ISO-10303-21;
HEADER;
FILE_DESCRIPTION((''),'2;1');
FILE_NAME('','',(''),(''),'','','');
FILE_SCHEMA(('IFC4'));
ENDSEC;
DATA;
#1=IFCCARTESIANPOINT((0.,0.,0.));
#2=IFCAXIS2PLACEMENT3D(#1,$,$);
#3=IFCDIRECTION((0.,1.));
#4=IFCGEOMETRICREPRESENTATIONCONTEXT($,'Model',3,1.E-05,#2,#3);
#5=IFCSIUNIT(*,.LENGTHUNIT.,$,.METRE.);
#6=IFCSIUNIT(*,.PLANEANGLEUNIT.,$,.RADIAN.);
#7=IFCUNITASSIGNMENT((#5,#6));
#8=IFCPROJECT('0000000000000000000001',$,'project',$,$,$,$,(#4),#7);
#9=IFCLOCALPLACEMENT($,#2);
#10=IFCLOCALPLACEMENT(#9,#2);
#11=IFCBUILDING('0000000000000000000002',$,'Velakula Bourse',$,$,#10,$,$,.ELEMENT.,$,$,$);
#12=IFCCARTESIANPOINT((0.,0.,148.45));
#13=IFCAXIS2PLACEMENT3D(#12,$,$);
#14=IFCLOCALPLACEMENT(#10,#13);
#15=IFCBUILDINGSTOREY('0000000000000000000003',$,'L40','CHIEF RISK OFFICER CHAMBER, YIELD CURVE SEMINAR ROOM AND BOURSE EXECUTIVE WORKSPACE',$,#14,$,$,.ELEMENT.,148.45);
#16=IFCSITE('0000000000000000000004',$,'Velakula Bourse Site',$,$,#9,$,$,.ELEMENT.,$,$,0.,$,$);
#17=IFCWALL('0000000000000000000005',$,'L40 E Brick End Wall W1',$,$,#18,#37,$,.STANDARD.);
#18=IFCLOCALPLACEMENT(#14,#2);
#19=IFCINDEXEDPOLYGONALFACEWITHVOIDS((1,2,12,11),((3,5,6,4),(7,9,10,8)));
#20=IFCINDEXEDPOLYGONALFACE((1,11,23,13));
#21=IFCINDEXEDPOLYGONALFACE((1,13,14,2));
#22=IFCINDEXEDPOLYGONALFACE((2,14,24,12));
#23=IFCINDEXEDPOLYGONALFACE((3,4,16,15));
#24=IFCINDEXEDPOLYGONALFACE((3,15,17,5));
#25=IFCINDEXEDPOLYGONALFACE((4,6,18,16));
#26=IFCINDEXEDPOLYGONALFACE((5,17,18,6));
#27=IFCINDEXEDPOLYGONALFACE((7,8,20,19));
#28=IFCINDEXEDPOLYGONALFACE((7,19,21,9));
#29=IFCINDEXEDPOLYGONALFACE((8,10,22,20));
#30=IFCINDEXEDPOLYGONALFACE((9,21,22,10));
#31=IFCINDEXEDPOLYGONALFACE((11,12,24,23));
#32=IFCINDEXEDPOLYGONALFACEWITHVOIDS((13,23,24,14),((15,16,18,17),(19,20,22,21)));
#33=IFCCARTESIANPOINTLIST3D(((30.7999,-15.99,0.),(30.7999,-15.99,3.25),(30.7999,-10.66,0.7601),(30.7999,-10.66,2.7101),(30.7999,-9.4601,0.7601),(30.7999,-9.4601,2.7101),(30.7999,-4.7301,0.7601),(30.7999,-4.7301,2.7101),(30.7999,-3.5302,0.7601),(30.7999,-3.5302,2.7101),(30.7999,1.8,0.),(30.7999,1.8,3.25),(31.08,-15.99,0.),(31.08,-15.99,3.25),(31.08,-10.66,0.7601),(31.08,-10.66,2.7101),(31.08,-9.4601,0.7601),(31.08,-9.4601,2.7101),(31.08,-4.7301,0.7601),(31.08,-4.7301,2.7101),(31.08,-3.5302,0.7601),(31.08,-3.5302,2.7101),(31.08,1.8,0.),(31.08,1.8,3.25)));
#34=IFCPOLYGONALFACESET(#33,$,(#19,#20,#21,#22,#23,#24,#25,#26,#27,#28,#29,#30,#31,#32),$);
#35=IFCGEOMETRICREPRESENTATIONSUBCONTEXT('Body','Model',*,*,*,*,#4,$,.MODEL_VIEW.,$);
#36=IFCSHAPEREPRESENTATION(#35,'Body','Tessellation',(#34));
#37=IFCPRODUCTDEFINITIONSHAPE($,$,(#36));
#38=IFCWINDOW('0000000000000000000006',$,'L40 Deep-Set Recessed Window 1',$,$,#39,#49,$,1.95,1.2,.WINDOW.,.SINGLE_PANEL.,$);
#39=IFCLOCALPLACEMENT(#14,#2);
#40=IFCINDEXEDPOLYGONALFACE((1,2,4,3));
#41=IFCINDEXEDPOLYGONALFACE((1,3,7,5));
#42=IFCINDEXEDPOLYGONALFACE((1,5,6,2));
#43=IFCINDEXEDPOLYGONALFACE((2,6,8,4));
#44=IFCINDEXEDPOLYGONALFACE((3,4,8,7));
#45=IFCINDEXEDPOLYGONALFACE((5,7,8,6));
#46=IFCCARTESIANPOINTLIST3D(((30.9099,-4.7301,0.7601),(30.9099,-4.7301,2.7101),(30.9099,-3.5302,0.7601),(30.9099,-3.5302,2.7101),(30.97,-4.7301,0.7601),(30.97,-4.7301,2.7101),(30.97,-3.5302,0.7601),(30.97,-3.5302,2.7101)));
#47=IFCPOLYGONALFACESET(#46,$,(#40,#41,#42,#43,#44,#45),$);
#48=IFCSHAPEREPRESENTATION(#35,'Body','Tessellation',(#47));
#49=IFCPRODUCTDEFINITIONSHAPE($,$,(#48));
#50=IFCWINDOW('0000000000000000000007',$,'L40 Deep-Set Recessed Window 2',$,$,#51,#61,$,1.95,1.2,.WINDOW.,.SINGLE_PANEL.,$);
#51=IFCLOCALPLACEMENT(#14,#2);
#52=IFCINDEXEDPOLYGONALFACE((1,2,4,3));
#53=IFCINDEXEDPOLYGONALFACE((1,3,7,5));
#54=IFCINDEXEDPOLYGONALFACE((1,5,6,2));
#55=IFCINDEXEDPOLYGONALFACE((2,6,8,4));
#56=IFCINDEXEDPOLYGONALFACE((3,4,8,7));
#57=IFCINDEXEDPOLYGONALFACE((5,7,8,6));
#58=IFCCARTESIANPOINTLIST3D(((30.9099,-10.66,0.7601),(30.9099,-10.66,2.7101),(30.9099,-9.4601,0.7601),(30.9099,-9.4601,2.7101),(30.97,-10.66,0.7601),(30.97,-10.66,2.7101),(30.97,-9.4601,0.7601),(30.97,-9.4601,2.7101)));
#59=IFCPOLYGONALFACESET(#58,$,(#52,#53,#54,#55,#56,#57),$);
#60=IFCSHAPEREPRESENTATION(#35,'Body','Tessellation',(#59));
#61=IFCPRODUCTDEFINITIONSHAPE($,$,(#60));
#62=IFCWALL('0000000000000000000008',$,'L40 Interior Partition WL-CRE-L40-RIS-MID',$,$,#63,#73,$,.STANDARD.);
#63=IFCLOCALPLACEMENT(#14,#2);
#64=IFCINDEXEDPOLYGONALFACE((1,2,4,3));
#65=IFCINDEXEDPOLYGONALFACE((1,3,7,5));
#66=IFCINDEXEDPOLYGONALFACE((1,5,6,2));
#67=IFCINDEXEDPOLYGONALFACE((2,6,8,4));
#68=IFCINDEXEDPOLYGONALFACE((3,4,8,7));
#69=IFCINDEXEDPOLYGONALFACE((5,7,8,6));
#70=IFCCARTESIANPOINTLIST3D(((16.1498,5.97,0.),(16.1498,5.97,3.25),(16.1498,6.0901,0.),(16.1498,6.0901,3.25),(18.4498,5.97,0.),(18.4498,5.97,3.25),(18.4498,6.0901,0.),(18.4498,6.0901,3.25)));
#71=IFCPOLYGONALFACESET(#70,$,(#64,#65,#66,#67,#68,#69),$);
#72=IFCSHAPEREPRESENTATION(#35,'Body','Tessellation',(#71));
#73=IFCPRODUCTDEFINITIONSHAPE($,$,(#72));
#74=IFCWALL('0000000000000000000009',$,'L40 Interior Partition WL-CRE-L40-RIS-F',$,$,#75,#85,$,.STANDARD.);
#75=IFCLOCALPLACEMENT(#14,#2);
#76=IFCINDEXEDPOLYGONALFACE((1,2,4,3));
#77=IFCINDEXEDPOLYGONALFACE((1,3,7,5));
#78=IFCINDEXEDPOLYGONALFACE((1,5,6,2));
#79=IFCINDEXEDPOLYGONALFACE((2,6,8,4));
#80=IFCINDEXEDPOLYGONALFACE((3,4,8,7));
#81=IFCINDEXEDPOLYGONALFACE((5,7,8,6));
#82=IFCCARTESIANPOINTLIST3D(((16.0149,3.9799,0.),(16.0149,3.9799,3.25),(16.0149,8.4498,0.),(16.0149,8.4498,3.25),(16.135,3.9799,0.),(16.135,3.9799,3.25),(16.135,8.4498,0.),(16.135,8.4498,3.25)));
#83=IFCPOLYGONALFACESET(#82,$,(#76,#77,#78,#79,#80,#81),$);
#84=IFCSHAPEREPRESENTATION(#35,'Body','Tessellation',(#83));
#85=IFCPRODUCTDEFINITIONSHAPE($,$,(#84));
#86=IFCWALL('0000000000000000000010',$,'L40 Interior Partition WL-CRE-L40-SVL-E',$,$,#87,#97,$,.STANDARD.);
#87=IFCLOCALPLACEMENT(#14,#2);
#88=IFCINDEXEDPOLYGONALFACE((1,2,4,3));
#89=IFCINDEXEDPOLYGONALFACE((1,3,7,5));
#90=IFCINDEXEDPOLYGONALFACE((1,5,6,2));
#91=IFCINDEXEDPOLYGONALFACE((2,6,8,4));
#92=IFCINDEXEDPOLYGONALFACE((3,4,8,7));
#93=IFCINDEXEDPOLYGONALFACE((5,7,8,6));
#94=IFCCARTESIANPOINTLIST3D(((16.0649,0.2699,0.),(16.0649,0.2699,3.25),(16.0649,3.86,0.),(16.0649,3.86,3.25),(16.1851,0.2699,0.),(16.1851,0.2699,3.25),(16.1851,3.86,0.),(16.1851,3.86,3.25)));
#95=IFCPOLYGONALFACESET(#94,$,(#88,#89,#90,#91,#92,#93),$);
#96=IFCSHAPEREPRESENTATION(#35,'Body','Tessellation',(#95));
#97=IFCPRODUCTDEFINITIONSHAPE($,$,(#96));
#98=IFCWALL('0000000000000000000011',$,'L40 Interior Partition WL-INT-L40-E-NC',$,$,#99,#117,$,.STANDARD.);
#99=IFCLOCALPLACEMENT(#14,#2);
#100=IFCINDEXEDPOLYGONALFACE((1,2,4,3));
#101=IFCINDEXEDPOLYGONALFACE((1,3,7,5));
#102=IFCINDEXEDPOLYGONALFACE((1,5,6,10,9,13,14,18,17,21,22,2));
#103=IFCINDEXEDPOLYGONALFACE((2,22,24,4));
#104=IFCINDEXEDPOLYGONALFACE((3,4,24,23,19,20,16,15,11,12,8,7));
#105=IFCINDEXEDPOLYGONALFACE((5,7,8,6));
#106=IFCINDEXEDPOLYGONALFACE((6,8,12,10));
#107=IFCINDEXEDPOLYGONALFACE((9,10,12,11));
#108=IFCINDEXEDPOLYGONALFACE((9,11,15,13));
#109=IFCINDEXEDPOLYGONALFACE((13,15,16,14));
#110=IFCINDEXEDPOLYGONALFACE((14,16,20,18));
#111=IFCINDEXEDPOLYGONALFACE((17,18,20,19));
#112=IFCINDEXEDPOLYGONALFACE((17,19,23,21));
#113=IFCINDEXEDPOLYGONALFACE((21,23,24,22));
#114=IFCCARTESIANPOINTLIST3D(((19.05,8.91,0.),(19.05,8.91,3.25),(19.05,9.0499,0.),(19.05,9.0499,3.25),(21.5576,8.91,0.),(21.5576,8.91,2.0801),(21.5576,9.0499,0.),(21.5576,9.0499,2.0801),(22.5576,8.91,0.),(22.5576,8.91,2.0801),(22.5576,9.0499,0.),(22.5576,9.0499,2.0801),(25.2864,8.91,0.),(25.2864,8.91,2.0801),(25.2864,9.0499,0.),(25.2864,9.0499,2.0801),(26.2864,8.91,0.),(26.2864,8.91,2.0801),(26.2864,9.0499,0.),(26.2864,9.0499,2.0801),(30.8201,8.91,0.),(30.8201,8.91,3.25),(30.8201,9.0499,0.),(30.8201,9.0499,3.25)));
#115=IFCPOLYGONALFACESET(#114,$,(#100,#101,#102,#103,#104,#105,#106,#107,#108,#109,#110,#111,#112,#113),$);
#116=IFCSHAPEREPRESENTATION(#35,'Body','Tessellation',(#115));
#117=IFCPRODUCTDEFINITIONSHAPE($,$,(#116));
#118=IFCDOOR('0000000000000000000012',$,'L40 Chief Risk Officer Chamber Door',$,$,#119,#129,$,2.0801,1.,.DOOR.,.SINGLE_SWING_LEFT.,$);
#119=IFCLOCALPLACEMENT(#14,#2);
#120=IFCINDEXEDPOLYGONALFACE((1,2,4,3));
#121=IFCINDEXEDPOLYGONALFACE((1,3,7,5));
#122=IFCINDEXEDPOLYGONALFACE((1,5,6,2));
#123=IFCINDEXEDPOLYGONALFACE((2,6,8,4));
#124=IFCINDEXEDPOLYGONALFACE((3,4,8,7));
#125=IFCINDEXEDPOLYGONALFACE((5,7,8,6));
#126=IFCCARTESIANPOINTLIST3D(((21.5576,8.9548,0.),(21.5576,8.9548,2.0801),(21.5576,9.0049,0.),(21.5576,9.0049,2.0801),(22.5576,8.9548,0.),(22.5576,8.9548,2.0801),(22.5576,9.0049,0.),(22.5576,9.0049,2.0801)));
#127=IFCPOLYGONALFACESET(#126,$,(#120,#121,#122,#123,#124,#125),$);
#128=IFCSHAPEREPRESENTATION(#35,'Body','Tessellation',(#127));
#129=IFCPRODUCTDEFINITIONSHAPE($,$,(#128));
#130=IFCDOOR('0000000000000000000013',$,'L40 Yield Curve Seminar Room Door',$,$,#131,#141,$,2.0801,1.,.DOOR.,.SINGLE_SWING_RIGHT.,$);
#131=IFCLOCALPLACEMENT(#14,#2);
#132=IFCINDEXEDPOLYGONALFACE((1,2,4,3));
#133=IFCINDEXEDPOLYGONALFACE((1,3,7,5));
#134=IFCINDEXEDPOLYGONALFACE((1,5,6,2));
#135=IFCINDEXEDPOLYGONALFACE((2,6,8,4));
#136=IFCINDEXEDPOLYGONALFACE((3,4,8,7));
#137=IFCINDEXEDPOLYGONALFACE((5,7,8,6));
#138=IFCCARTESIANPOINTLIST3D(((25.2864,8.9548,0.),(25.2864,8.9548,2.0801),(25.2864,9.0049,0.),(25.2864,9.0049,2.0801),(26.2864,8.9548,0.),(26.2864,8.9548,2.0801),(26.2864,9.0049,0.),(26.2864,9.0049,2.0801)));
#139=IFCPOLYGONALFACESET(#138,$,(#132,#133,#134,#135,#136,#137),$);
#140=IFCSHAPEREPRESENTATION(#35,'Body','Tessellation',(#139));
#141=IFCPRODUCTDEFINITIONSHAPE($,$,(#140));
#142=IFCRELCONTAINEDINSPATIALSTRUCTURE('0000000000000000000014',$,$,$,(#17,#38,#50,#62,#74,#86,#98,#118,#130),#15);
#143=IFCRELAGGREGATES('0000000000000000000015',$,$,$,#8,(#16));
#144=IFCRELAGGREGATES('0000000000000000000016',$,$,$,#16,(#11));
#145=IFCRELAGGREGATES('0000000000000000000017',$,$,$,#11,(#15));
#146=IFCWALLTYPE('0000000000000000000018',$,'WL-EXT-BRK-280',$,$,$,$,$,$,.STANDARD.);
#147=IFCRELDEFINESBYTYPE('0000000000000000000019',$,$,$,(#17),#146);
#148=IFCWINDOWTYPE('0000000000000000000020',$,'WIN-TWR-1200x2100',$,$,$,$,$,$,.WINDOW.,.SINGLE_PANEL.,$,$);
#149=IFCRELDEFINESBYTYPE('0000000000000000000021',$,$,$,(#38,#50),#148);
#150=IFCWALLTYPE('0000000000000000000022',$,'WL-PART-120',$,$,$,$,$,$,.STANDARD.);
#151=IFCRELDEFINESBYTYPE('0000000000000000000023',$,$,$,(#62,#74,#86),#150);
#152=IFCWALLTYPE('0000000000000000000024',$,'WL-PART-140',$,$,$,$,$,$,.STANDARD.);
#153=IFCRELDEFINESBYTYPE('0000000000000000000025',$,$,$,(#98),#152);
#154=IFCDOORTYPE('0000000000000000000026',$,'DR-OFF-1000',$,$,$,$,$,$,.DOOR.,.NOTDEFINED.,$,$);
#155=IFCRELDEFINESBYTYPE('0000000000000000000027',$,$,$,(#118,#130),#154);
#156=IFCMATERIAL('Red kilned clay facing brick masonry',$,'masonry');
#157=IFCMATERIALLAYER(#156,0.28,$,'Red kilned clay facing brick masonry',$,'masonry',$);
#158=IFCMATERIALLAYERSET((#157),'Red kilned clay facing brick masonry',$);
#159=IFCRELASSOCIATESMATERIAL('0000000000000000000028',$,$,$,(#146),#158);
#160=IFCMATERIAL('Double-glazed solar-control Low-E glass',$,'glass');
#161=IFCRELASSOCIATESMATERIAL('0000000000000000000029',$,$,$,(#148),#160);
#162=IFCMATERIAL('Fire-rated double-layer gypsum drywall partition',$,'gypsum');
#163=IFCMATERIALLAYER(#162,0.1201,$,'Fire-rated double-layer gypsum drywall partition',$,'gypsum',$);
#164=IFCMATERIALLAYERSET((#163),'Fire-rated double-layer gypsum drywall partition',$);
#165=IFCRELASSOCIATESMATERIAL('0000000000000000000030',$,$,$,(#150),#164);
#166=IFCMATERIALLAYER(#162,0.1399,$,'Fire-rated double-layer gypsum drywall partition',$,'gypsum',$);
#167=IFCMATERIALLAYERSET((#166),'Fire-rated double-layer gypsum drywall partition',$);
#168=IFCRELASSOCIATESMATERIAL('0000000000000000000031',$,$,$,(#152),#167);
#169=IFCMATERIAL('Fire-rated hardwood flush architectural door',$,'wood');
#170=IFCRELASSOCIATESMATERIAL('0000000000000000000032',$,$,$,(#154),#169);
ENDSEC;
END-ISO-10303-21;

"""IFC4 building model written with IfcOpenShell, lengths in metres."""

from ifc_helpers import new_model, si_unit, direction, frame, frame_2d, origin, place, context, subcontext, project, spatial, rectangle, extrude, material, layer, layer_set, type_object, element, fill, save


model = new_model("IFC4")

# Units and contexts
model_context = context("Model", 3, precision=1e-05, world=origin(), true_north=direction((0.0, 1.0)))
body_context = subcontext(model_context, "Body", "Model", "MODEL_VIEW")
ifc_project = project(units=[si_unit("LENGTHUNIT", "METRE"), si_unit("PLANEANGLEUNIT", "RADIAN")], contexts=[model_context])

# Site, building, storey
site_placement = place(None, origin())
site = spatial("IfcSite", under=ifc_project, at=site_placement, Name="Velakula Bourse Site", CompositionType="ELEMENT", RefElevation=0.0)
building_placement = place(site_placement, origin())
building = spatial("IfcBuilding", under=site, at=building_placement, Name="Velakula Bourse", CompositionType="ELEMENT")
storey_placement = place(building_placement, frame((0.0, 0.0, 148.45)))
storey = spatial("IfcBuildingStorey", under=building, at=storey_placement, Name="L40", Description="CHIEF RISK OFFICER CHAMBER, YIELD CURVE SEMINAR ROOM AND BOURSE EXECUTIVE WORKSPACE", CompositionType="ELEMENT", Elevation=148.45)

# Wall, openings, windows
ifc_material_1 = material(Name="Red kilned clay facing brick masonry", Category="masonry")
ifc_layer_1 = layer(ifc_material_1, 0.28, Name="Red kilned clay facing brick masonry", Category="masonry")
ifc_layer_set_1 = layer_set([ifc_layer_1], Name="Red kilned clay facing brick masonry")
wall_type_1 = type_object("IfcWallType", Name="WL-EXT-BRK-280", PredefinedType="STANDARD", material=ifc_layer_set_1)
wall_1_placement = place(storey_placement, frame((30.9399, 1.8, 0.0), z_axis=(0.0, 0.0, 1.0), x_axis=(0.0, -1.0, 0.0)))
wall_1 = element("IfcWall", 1, at=wall_1_placement, inside=storey, type_object=wall_type_1, Name="L40 E Brick End Wall W1", PredefinedType="STANDARD", context=body_context, shape_type="SweptSolid", body=[
    extrude(rectangle(XDim=17.79, YDim=0.28, at=frame_2d((8.895, 0.0))), origin(), (0.0, 0.0, 1.0), 3.25),
])
opening_1_placement = place(wall_1_placement, frame((5.3301, 0.0, 0.76)))
opening_1 = element("IfcOpeningElement", 2, at=opening_1_placement, cuts=wall_1, PredefinedType="OPENING", context=body_context, shape_type="SweptSolid", body=[
    extrude(rectangle(XDim=1.2, YDim=1.95, at=frame_2d((0.6001, 0.9751))), frame((0.0, 0.1499, 0.0), z_axis=(0.0, -1.0, 0.0), x_axis=(1.0, 0.0, 0.0)), (0.0, 0.0, 1.0), 0.3),
])
opening_2_placement = place(wall_1_placement, frame((11.26, 0.0, 0.76)))
opening_2 = element("IfcOpeningElement", 3, at=opening_2_placement, cuts=wall_1, PredefinedType="OPENING", context=body_context, shape_type="SweptSolid", body=[
    extrude(rectangle(XDim=1.2, YDim=1.95, at=frame_2d((0.6001, 0.9751))), frame((0.0, 0.1499, 0.0), z_axis=(0.0, -1.0, 0.0), x_axis=(1.0, 0.0, 0.0)), (0.0, 0.0, 1.0), 0.3),
])
ifc_material_2 = material(Name="Double-glazed solar-control Low-E glass", Category="glass")
window_type = type_object("IfcWindowType", Name="WIN-TWR-1200x2100", PartitioningType="SINGLE_PANEL", PredefinedType="WINDOW", material=ifc_material_2)
window_1_placement = place(opening_1_placement, origin())
window_1 = element("IfcWindow", 4, at=window_1_placement, inside=storey, type_object=window_type, Name="L40 Deep-Set Recessed Window 1", OverallHeight=1.95, OverallWidth=1.2, PartitioningType="SINGLE_PANEL", PredefinedType="WINDOW", context=body_context, shape_type="SweptSolid", body=[
    extrude(rectangle(XDim=1.2, YDim=1.95, at=frame_2d((0.6001, 0.9751))), frame((0.0, 0.03, 0.0), z_axis=(0.0, -1.0, 0.0), x_axis=(1.0, 0.0, 0.0)), (0.0, 0.0, 1.0), 0.0601),
])
fill(opening_1, window_1)
window_2_placement = place(opening_2_placement, origin())
window_2 = element("IfcWindow", 5, at=window_2_placement, inside=storey, type_object=window_type, Name="L40 Deep-Set Recessed Window 2", OverallHeight=1.95, OverallWidth=1.2, PartitioningType="SINGLE_PANEL", PredefinedType="WINDOW", context=body_context, shape_type="SweptSolid", body=[
    extrude(rectangle(XDim=1.2, YDim=1.95, at=frame_2d((0.6001, 0.9751))), frame((0.0, 0.03, 0.0), z_axis=(0.0, -1.0, 0.0), x_axis=(1.0, 0.0, 0.0)), (0.0, 0.0, 1.0), 0.0601),
])
fill(opening_2, window_2)

# Walls
ifc_material_3 = material(Name="Fire-rated double-layer gypsum drywall partition", Category="gypsum")
ifc_layer_2 = layer(ifc_material_3, 0.1201, Name="Fire-rated double-layer gypsum drywall partition", Category="gypsum")
ifc_layer_set_2 = layer_set([ifc_layer_2], Name="Fire-rated double-layer gypsum drywall partition")
wall_type_2 = type_object("IfcWallType", Name="WL-PART-120", PredefinedType="STANDARD", material=ifc_layer_set_2)
wall_2_placement = place(storey_placement, frame((16.1499, 6.03, 0.0), z_axis=(0.0, 0.0, 1.0), x_axis=(1.0, 0.0, 0.0)))
element("IfcWall", 6, at=wall_2_placement, inside=storey, type_object=wall_type_2, Name="L40 Interior Partition WL-CRE-L40-RIS-MID", PredefinedType="STANDARD", context=body_context, shape_type="SweptSolid", body=[
    extrude(rectangle(XDim=2.3, YDim=0.1201, at=frame_2d((1.1499, 0.0))), origin(), (0.0, 0.0, 1.0), 3.25),
])
wall_3_placement = place(storey_placement, frame((16.075, 3.98, 0.0), z_axis=(0.0, 0.0, 1.0), x_axis=(0.0, 1.0, 0.0)))
element("IfcWall", 7, at=wall_3_placement, inside=storey, type_object=wall_type_2, Name="L40 Interior Partition WL-CRE-L40-RIS-F", PredefinedType="STANDARD", context=body_context, shape_type="SweptSolid", body=[
    extrude(rectangle(XDim=4.47, YDim=0.1201, at=frame_2d((2.2349, 0.0))), origin(), (0.0, 0.0, 1.0), 3.25),
])
wall_4_placement = place(storey_placement, frame((16.125, 0.27, 0.0), z_axis=(0.0, 0.0, 1.0), x_axis=(0.0, 1.0, 0.0)))
element("IfcWall", 8, at=wall_4_placement, inside=storey, type_object=wall_type_2, Name="L40 Interior Partition WL-CRE-L40-SVL-E", PredefinedType="STANDARD", context=body_context, shape_type="SweptSolid", body=[
    extrude(rectangle(XDim=3.5901, YDim=0.1201, at=frame_2d((1.7949, 0.0))), origin(), (0.0, 0.0, 1.0), 3.25),
])

# Wall, openings, doors
ifc_layer_3 = layer(ifc_material_3, 0.1399, Name="Fire-rated double-layer gypsum drywall partition", Category="gypsum")
ifc_layer_set_3 = layer_set([ifc_layer_3], Name="Fire-rated double-layer gypsum drywall partition")
wall_type_3 = type_object("IfcWallType", Name="WL-PART-140", PredefinedType="STANDARD", material=ifc_layer_set_3)
wall_5_placement = place(storey_placement, frame((19.05, 8.98, 0.0), z_axis=(0.0, 0.0, 1.0), x_axis=(1.0, 0.0, 0.0)))
wall_5 = element("IfcWall", 9, at=wall_5_placement, inside=storey, type_object=wall_type_3, Name="L40 Interior Partition WL-INT-L40-E-NC", PredefinedType="STANDARD", context=body_context, shape_type="SweptSolid", body=[
    extrude(rectangle(XDim=11.77, YDim=0.1399, at=frame_2d((5.885, 0.0))), origin(), (0.0, 0.0, 1.0), 3.25),
])
opening_3_placement = place(wall_5_placement, frame((2.5076, 0.0, 0.0)))
opening_3 = element("IfcOpeningElement", 10, at=opening_3_placement, cuts=wall_5, PredefinedType="OPENING", context=body_context, shape_type="SweptSolid", body=[
    extrude(rectangle(XDim=1.0, YDim=2.0801, at=frame_2d((0.5, 1.04))), frame((0.0, 0.0798, 0.0), z_axis=(0.0, -1.0, 0.0), x_axis=(1.0, 0.0, 0.0)), (0.0, 0.0, 1.0), 0.1599),
])
opening_4_placement = place(wall_5_placement, frame((6.2363, 0.0, 0.0)))
opening_4 = element("IfcOpeningElement", 11, at=opening_4_placement, cuts=wall_5, PredefinedType="OPENING", context=body_context, shape_type="SweptSolid", body=[
    extrude(rectangle(XDim=1.0, YDim=2.0801, at=frame_2d((0.5, 1.04))), frame((0.0, 0.0798, 0.0), z_axis=(0.0, -1.0, 0.0), x_axis=(1.0, 0.0, 0.0)), (0.0, 0.0, 1.0), 0.1599),
])
ifc_material_4 = material(Name="Fire-rated hardwood flush architectural door", Category="wood")
door_type = type_object("IfcDoorType", Name="DR-OFF-1000", OperationType="NOTDEFINED", PredefinedType="DOOR", material=ifc_material_4)
door_1_placement = place(opening_3_placement, origin())
door_1 = element("IfcDoor", 12, at=door_1_placement, inside=storey, type_object=door_type, Name="L40 Chief Risk Officer Chamber Door", OperationType="SINGLE_SWING_LEFT", OverallHeight=2.0801, OverallWidth=1.0, PredefinedType="DOOR", context=body_context, shape_type="SweptSolid", body=[
    extrude(rectangle(XDim=1.0, YDim=2.0801, at=frame_2d((0.5, 1.04))), frame((0.0, 0.0249, 0.0), z_axis=(0.0, -1.0, 0.0), x_axis=(1.0, 0.0, 0.0)), (0.0, 0.0, 1.0), 0.05),
])
fill(opening_3, door_1)
door_2_placement = place(opening_4_placement, origin())
door_2 = element("IfcDoor", 13, at=door_2_placement, inside=storey, type_object=door_type, Name="L40 Yield Curve Seminar Room Door", OperationType="SINGLE_SWING_RIGHT", OverallHeight=2.0801, OverallWidth=1.0, PredefinedType="DOOR", context=body_context, shape_type="SweptSolid", body=[
    extrude(rectangle(XDim=1.0, YDim=2.0801, at=frame_2d((0.5, 1.04))), frame((0.0, 0.0249, 0.0), z_axis=(0.0, -1.0, 0.0), x_axis=(1.0, 0.0, 0.0)), (0.0, 0.0, 1.0), 0.05),
])
fill(opening_4, door_2)

save(model, "model.ifc")
